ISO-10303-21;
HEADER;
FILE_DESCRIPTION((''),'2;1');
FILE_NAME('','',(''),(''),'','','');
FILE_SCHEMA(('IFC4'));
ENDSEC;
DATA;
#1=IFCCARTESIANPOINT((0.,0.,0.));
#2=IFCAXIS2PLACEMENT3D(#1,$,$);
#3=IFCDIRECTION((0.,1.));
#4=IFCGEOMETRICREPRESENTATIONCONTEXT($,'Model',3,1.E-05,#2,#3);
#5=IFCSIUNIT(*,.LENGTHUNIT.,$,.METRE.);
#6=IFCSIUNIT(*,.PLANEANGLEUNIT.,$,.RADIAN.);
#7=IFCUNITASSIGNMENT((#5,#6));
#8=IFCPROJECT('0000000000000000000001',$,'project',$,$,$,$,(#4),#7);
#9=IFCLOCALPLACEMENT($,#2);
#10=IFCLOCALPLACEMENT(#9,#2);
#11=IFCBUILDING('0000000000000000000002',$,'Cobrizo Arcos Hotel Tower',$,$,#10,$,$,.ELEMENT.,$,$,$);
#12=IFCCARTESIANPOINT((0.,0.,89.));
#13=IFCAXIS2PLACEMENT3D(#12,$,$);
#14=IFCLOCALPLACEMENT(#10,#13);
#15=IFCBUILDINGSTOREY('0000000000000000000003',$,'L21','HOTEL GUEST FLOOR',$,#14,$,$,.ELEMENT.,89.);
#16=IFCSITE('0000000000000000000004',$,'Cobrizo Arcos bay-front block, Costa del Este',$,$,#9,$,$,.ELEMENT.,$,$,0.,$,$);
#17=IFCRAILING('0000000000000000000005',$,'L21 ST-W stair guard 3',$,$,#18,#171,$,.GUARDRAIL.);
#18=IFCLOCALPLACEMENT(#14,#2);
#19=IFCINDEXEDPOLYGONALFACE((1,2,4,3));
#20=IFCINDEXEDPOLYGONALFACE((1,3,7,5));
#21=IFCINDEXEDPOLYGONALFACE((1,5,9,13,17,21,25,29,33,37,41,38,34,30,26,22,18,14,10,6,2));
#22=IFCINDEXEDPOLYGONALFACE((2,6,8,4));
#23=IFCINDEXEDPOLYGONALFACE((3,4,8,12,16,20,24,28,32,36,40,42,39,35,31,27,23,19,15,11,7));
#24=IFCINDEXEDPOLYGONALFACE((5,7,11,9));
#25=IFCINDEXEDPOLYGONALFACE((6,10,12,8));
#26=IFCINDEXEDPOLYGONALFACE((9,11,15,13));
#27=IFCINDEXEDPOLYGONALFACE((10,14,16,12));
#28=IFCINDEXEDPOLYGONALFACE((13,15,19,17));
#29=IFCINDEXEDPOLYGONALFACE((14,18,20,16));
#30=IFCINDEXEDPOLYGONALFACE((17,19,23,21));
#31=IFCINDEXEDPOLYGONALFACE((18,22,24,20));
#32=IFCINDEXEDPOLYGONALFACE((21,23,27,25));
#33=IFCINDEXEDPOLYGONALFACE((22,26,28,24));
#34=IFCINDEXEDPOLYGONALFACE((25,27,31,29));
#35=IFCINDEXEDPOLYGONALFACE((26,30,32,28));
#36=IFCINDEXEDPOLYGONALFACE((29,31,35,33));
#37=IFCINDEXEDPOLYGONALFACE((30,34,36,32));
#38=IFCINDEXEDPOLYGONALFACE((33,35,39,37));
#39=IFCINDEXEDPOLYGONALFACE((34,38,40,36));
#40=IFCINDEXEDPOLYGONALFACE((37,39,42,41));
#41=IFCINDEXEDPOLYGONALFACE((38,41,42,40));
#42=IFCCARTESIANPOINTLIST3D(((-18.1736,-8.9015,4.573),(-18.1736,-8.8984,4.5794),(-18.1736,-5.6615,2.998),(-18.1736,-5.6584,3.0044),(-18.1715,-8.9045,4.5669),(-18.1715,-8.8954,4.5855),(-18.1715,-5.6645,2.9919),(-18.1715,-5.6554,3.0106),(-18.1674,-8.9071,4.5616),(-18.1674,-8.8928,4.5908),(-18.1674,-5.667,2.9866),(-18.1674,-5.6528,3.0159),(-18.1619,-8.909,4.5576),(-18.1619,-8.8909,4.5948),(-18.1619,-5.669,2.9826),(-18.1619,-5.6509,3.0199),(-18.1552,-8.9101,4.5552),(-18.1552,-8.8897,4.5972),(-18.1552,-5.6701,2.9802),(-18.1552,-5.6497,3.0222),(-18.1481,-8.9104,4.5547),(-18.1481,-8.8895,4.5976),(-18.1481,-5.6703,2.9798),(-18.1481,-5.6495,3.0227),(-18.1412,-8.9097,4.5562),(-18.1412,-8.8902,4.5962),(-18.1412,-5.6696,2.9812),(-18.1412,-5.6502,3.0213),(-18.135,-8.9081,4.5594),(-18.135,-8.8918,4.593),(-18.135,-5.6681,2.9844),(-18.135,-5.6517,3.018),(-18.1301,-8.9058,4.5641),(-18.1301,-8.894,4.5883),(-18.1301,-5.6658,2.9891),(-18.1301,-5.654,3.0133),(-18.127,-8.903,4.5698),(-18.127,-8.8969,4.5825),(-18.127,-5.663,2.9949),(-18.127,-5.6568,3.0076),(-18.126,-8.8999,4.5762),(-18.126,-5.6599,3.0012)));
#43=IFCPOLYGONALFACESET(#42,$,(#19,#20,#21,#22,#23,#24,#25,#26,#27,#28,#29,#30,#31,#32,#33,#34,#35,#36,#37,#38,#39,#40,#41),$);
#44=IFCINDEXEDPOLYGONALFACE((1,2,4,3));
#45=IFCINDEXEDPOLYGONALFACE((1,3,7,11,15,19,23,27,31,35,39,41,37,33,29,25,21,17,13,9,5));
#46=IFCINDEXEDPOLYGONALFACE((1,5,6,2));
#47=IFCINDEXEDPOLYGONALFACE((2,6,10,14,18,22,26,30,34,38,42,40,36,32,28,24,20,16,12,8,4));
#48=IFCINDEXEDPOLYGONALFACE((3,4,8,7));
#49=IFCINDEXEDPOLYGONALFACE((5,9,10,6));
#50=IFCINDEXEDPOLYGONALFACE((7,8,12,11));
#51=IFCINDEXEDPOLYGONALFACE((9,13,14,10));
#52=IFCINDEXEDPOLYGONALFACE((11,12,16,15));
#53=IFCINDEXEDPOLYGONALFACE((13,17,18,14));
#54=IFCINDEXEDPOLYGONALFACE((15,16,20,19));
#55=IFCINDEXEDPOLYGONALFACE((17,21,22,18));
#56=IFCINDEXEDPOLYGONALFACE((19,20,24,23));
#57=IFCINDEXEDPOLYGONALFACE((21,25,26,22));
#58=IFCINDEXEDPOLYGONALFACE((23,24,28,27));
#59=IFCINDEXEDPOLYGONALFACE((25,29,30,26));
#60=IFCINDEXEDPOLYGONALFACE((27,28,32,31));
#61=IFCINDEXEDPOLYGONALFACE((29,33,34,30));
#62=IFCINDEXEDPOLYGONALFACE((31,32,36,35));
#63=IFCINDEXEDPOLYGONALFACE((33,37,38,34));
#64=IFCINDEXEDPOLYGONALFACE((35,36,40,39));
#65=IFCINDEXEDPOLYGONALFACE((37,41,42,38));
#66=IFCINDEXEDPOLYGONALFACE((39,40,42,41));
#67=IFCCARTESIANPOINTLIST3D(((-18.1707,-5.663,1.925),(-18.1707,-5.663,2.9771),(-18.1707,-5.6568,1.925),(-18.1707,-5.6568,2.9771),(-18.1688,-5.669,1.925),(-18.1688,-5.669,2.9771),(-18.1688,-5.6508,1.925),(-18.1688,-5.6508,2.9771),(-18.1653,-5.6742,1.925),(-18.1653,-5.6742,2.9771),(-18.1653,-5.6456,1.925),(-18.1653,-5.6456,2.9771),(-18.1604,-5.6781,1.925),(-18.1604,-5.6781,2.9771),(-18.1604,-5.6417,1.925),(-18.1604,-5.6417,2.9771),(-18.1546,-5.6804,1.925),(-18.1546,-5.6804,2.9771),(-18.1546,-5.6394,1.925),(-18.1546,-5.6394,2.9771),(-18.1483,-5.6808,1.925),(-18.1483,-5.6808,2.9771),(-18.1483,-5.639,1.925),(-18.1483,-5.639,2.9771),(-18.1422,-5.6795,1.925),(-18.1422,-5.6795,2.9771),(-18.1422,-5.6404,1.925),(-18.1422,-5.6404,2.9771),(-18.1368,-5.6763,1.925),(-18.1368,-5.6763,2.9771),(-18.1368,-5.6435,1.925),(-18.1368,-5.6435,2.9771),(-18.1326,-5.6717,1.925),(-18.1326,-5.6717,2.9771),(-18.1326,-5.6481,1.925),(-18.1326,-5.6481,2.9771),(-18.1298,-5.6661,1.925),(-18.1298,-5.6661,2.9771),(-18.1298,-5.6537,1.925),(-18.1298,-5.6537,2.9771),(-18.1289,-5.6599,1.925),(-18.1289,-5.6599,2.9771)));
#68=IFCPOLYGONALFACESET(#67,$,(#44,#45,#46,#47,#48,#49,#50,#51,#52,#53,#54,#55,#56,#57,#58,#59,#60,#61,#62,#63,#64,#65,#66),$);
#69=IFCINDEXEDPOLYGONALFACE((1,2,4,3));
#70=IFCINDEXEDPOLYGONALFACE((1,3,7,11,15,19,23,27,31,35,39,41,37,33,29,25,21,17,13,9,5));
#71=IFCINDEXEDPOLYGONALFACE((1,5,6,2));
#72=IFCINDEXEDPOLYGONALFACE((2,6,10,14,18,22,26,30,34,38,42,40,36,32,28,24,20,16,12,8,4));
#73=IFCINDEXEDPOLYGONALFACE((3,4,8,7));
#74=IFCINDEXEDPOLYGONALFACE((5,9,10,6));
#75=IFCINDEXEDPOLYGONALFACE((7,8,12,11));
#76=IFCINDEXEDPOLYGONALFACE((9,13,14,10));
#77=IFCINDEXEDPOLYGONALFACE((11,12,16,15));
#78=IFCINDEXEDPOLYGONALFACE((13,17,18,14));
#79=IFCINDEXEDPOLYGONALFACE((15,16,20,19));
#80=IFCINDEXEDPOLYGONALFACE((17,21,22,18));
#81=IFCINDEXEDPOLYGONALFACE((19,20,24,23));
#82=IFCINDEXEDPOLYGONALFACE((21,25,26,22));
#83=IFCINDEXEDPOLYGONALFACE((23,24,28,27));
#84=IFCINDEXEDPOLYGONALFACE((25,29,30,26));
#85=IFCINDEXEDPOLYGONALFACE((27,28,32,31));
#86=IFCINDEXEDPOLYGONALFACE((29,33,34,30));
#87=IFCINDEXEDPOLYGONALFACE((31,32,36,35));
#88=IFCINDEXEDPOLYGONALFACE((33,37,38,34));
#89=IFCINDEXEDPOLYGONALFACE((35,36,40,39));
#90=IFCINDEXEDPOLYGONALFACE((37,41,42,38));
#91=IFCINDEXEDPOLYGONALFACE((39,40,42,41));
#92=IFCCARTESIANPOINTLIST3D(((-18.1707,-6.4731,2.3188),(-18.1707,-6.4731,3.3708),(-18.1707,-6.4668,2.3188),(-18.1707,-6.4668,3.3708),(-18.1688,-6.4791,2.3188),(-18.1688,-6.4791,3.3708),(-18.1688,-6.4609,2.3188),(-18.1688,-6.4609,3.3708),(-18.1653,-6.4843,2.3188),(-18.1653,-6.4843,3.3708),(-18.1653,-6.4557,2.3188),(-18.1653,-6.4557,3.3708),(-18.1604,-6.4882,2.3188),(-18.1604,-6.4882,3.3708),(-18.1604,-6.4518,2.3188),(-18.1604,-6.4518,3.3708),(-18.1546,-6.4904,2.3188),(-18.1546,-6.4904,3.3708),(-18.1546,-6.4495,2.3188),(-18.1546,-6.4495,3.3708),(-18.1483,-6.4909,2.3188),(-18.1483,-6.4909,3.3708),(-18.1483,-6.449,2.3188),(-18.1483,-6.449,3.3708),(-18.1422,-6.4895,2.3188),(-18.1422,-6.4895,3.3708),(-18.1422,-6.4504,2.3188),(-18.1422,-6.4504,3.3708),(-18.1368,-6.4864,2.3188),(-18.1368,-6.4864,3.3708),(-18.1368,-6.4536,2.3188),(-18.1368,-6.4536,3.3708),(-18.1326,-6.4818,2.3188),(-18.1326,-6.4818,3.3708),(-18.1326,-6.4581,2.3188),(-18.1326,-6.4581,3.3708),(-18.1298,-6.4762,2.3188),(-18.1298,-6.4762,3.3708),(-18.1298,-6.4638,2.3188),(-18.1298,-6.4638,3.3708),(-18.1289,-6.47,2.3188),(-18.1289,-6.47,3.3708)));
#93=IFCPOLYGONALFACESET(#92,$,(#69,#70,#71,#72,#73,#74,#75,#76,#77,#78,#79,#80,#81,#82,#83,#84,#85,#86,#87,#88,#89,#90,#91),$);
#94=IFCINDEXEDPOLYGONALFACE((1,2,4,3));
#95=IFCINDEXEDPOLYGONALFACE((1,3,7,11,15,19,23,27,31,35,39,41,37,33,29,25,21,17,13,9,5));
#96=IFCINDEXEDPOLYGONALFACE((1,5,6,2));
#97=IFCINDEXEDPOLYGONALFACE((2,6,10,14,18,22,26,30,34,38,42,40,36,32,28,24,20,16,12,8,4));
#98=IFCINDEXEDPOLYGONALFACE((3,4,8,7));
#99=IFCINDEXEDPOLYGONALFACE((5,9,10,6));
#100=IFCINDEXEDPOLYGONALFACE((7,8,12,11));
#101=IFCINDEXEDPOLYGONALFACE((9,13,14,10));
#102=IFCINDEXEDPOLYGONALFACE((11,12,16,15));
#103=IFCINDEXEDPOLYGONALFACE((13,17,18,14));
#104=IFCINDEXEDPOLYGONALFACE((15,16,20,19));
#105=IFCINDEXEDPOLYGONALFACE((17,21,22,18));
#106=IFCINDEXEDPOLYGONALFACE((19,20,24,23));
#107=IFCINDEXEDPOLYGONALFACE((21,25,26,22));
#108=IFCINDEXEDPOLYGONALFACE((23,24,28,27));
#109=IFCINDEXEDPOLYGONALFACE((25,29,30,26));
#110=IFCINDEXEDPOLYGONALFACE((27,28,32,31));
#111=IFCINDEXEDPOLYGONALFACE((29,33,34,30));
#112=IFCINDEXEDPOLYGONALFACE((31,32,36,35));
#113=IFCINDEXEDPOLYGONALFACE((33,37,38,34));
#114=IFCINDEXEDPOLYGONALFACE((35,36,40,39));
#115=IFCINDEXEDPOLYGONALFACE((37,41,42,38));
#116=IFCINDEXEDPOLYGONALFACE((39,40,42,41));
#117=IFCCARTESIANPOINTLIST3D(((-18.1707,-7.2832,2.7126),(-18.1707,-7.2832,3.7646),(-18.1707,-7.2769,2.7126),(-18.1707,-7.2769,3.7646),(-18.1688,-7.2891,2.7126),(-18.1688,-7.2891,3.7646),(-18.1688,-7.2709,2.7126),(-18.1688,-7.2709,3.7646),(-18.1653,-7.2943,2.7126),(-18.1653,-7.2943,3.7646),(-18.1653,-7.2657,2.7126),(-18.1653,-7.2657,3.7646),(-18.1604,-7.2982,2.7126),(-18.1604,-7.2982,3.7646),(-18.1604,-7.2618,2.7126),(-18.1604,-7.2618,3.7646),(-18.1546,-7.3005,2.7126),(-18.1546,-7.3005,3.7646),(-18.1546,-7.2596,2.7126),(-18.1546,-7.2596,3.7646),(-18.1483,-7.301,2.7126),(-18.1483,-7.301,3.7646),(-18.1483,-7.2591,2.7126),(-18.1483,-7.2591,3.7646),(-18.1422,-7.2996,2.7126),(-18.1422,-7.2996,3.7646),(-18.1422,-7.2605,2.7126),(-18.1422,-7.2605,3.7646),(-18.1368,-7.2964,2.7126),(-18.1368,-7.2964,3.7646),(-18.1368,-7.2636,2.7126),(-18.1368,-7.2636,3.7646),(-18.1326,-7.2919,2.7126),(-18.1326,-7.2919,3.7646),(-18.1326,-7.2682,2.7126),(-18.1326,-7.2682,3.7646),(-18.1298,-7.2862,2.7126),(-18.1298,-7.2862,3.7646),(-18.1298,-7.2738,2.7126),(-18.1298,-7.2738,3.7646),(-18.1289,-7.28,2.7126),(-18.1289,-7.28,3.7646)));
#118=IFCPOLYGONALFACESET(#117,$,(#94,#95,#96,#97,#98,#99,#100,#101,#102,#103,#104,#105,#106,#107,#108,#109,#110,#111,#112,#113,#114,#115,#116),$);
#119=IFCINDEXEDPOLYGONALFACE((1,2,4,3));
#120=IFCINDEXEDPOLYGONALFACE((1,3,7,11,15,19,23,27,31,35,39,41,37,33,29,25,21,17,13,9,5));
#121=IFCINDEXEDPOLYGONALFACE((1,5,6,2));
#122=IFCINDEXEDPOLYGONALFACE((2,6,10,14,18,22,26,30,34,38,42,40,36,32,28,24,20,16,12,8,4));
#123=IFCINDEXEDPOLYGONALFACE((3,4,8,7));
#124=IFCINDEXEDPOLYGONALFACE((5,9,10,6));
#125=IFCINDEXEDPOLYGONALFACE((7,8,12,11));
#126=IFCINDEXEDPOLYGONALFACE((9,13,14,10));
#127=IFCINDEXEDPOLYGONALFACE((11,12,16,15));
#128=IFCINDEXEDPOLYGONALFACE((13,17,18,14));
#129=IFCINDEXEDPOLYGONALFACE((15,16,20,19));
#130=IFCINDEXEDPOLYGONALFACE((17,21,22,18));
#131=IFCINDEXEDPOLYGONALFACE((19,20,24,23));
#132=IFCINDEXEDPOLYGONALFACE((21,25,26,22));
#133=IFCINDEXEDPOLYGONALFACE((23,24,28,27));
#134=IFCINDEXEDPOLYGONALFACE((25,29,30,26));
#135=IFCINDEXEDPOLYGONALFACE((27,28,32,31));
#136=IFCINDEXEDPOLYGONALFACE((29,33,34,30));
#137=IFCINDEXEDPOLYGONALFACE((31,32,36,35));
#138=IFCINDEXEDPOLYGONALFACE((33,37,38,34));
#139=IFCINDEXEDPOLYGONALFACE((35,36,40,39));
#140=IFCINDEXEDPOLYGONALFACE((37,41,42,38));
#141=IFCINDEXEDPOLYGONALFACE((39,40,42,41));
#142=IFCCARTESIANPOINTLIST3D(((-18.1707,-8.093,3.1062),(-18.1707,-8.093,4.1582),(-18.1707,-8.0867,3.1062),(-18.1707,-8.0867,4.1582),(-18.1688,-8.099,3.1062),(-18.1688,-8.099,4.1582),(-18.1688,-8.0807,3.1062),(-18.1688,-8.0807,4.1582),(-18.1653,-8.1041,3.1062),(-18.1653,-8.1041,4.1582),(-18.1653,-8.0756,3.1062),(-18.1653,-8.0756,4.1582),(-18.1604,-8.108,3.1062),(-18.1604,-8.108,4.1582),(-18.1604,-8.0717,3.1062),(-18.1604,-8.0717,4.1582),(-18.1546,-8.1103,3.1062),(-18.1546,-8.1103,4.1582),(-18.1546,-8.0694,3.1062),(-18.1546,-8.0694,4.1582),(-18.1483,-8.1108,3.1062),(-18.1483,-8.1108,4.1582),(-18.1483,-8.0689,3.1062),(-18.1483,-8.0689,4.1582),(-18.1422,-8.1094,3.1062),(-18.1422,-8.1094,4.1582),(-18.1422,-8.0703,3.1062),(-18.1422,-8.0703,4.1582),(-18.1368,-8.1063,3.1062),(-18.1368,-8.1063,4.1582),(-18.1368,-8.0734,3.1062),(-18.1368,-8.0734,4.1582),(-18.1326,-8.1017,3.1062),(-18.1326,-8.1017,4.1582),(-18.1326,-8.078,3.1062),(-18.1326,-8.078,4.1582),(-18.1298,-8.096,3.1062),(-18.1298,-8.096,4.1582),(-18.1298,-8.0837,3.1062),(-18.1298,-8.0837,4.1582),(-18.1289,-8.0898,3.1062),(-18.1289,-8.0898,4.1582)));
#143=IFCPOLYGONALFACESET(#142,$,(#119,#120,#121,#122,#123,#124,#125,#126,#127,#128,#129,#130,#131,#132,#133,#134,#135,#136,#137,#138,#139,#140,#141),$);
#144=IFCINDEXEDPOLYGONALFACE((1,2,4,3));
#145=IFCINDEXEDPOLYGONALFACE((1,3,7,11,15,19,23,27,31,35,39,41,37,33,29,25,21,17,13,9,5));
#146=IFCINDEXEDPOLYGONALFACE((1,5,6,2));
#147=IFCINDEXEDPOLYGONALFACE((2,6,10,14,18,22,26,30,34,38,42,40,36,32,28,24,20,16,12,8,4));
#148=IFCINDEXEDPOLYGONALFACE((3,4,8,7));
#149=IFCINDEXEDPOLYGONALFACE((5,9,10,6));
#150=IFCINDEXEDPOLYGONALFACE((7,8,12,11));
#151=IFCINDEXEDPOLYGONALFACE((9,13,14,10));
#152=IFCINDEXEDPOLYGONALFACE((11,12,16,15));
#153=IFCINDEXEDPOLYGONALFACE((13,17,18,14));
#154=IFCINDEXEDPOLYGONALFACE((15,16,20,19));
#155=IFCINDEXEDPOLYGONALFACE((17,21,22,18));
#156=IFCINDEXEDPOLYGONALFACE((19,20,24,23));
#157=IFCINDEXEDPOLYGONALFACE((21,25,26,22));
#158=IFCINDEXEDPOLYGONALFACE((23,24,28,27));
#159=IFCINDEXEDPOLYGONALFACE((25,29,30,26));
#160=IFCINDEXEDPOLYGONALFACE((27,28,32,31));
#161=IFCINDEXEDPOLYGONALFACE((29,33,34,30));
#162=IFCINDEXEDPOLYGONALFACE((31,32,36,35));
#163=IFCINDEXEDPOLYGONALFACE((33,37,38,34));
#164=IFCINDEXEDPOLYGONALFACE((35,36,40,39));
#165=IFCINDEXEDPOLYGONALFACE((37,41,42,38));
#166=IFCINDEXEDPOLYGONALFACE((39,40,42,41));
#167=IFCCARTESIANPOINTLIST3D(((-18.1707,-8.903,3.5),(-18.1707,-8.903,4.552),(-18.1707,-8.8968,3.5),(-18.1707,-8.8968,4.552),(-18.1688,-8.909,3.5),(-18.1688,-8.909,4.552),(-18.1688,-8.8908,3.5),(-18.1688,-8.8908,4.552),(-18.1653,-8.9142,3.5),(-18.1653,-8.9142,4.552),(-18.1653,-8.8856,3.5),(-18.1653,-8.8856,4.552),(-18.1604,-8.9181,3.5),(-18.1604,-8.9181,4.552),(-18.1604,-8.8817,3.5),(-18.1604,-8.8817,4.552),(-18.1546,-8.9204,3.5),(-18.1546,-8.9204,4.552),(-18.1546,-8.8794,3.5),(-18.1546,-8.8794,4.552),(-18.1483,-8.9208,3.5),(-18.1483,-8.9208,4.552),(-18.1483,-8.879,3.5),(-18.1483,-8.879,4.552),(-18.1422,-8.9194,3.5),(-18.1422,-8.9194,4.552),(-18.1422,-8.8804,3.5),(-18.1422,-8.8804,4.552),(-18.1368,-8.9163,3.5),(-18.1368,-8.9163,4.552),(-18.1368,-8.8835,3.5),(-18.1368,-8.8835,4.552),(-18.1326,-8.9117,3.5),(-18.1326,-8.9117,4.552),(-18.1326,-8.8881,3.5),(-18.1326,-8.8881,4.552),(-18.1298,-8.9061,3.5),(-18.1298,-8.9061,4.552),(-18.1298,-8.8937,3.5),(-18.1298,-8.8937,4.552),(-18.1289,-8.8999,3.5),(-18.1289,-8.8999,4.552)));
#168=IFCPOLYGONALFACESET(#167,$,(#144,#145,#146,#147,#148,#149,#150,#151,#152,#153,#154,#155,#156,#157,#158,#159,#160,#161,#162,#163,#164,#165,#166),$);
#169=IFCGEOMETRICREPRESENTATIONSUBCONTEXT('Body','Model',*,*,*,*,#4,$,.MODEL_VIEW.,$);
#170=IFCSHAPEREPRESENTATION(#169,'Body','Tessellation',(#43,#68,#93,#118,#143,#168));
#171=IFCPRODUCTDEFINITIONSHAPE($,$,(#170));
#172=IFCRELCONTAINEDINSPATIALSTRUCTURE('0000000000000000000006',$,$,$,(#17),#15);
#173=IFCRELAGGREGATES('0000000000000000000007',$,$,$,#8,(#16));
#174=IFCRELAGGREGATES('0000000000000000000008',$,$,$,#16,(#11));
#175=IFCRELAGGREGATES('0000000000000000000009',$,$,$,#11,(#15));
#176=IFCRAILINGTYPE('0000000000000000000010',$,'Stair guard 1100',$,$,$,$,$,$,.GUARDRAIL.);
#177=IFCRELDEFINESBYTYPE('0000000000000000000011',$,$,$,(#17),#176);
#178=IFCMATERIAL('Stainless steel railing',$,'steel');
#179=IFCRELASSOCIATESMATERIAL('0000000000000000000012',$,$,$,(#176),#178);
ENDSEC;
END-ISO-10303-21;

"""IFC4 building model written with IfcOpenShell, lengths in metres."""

from ifc_helpers import new_model, si_unit, direction, frame, origin, origin_2d, place, context, subcontext, project, spatial, circle, extrude, material, type_object, element, save


model = new_model("IFC4")

# Units and contexts
model_context = context("Model", 3, precision=1e-05, world=origin(), true_north=direction((0.0, 1.0)))
body_context = subcontext(model_context, "Body", "Model", "MODEL_VIEW")
ifc_project = project(units=[si_unit("LENGTHUNIT", "METRE"), si_unit("PLANEANGLEUNIT", "RADIAN")], contexts=[model_context])

# Site, building, storey
site_placement = place(None, origin())
site = spatial("IfcSite", under=ifc_project, at=site_placement, Name="Cobrizo Arcos bay-front block, Costa del Este", CompositionType="ELEMENT", RefElevation=0.0)
building_placement = place(site_placement, origin())
building = spatial("IfcBuilding", under=site, at=building_placement, Name="Cobrizo Arcos Hotel Tower", CompositionType="ELEMENT")
storey_placement = place(building_placement, frame((0.0, 0.0, 89.0)))
storey = spatial("IfcBuildingStorey", under=building, at=storey_placement, Name="L21", Description="HOTEL GUEST FLOOR", CompositionType="ELEMENT", Elevation=89.0)

# Railing
ifc_material_1 = material(Name="Stainless steel railing", Category="steel")
railing_type_1 = type_object("IfcRailingType", Name="Stair guard 1100", PredefinedType="GUARDRAIL", material=ifc_material_1)
railing_1_placement = place(storey_placement, frame((-18.1499, -5.6599, 1.925)))
element("IfcRailing", 1, at=railing_1_placement, inside=storey, type_object=railing_type_1, Name="L21 ST-W stair guard 3", PredefinedType="GUARDRAIL", context=body_context, shape_type="SweptSolid", body=[
    extrude(circle(Radius=0.0239, at=origin_2d()), frame((0.0, 0.0, 1.0762), z_axis=(0.0, -0.899373, 0.437183), x_axis=(1.0, 0.0, 0.0)), (0.0, 0.0, 1.0), 3.6025),
    extrude(circle(Radius=0.021, at=origin_2d()), origin(), (0.0, 0.0, 1.0), 1.052),
    extrude(circle(Radius=0.021, at=origin_2d()), frame((0.0, -0.8101, 0.3938)), (0.0, 0.0, 1.0), 1.052),
    extrude(circle(Radius=0.021, at=origin_2d()), frame((0.0, -1.6201, 0.7876)), (0.0, 0.0, 1.0), 1.052),
    extrude(circle(Radius=0.021, at=origin_2d()), frame((0.0, -2.4299, 1.1812)), (0.0, 0.0, 1.0), 1.052),
    extrude(circle(Radius=0.021, at=origin_2d()), frame((0.0, -3.24, 1.575)), (0.0, 0.0, 1.0), 1.052),
])

save(model, "model.ifc")
